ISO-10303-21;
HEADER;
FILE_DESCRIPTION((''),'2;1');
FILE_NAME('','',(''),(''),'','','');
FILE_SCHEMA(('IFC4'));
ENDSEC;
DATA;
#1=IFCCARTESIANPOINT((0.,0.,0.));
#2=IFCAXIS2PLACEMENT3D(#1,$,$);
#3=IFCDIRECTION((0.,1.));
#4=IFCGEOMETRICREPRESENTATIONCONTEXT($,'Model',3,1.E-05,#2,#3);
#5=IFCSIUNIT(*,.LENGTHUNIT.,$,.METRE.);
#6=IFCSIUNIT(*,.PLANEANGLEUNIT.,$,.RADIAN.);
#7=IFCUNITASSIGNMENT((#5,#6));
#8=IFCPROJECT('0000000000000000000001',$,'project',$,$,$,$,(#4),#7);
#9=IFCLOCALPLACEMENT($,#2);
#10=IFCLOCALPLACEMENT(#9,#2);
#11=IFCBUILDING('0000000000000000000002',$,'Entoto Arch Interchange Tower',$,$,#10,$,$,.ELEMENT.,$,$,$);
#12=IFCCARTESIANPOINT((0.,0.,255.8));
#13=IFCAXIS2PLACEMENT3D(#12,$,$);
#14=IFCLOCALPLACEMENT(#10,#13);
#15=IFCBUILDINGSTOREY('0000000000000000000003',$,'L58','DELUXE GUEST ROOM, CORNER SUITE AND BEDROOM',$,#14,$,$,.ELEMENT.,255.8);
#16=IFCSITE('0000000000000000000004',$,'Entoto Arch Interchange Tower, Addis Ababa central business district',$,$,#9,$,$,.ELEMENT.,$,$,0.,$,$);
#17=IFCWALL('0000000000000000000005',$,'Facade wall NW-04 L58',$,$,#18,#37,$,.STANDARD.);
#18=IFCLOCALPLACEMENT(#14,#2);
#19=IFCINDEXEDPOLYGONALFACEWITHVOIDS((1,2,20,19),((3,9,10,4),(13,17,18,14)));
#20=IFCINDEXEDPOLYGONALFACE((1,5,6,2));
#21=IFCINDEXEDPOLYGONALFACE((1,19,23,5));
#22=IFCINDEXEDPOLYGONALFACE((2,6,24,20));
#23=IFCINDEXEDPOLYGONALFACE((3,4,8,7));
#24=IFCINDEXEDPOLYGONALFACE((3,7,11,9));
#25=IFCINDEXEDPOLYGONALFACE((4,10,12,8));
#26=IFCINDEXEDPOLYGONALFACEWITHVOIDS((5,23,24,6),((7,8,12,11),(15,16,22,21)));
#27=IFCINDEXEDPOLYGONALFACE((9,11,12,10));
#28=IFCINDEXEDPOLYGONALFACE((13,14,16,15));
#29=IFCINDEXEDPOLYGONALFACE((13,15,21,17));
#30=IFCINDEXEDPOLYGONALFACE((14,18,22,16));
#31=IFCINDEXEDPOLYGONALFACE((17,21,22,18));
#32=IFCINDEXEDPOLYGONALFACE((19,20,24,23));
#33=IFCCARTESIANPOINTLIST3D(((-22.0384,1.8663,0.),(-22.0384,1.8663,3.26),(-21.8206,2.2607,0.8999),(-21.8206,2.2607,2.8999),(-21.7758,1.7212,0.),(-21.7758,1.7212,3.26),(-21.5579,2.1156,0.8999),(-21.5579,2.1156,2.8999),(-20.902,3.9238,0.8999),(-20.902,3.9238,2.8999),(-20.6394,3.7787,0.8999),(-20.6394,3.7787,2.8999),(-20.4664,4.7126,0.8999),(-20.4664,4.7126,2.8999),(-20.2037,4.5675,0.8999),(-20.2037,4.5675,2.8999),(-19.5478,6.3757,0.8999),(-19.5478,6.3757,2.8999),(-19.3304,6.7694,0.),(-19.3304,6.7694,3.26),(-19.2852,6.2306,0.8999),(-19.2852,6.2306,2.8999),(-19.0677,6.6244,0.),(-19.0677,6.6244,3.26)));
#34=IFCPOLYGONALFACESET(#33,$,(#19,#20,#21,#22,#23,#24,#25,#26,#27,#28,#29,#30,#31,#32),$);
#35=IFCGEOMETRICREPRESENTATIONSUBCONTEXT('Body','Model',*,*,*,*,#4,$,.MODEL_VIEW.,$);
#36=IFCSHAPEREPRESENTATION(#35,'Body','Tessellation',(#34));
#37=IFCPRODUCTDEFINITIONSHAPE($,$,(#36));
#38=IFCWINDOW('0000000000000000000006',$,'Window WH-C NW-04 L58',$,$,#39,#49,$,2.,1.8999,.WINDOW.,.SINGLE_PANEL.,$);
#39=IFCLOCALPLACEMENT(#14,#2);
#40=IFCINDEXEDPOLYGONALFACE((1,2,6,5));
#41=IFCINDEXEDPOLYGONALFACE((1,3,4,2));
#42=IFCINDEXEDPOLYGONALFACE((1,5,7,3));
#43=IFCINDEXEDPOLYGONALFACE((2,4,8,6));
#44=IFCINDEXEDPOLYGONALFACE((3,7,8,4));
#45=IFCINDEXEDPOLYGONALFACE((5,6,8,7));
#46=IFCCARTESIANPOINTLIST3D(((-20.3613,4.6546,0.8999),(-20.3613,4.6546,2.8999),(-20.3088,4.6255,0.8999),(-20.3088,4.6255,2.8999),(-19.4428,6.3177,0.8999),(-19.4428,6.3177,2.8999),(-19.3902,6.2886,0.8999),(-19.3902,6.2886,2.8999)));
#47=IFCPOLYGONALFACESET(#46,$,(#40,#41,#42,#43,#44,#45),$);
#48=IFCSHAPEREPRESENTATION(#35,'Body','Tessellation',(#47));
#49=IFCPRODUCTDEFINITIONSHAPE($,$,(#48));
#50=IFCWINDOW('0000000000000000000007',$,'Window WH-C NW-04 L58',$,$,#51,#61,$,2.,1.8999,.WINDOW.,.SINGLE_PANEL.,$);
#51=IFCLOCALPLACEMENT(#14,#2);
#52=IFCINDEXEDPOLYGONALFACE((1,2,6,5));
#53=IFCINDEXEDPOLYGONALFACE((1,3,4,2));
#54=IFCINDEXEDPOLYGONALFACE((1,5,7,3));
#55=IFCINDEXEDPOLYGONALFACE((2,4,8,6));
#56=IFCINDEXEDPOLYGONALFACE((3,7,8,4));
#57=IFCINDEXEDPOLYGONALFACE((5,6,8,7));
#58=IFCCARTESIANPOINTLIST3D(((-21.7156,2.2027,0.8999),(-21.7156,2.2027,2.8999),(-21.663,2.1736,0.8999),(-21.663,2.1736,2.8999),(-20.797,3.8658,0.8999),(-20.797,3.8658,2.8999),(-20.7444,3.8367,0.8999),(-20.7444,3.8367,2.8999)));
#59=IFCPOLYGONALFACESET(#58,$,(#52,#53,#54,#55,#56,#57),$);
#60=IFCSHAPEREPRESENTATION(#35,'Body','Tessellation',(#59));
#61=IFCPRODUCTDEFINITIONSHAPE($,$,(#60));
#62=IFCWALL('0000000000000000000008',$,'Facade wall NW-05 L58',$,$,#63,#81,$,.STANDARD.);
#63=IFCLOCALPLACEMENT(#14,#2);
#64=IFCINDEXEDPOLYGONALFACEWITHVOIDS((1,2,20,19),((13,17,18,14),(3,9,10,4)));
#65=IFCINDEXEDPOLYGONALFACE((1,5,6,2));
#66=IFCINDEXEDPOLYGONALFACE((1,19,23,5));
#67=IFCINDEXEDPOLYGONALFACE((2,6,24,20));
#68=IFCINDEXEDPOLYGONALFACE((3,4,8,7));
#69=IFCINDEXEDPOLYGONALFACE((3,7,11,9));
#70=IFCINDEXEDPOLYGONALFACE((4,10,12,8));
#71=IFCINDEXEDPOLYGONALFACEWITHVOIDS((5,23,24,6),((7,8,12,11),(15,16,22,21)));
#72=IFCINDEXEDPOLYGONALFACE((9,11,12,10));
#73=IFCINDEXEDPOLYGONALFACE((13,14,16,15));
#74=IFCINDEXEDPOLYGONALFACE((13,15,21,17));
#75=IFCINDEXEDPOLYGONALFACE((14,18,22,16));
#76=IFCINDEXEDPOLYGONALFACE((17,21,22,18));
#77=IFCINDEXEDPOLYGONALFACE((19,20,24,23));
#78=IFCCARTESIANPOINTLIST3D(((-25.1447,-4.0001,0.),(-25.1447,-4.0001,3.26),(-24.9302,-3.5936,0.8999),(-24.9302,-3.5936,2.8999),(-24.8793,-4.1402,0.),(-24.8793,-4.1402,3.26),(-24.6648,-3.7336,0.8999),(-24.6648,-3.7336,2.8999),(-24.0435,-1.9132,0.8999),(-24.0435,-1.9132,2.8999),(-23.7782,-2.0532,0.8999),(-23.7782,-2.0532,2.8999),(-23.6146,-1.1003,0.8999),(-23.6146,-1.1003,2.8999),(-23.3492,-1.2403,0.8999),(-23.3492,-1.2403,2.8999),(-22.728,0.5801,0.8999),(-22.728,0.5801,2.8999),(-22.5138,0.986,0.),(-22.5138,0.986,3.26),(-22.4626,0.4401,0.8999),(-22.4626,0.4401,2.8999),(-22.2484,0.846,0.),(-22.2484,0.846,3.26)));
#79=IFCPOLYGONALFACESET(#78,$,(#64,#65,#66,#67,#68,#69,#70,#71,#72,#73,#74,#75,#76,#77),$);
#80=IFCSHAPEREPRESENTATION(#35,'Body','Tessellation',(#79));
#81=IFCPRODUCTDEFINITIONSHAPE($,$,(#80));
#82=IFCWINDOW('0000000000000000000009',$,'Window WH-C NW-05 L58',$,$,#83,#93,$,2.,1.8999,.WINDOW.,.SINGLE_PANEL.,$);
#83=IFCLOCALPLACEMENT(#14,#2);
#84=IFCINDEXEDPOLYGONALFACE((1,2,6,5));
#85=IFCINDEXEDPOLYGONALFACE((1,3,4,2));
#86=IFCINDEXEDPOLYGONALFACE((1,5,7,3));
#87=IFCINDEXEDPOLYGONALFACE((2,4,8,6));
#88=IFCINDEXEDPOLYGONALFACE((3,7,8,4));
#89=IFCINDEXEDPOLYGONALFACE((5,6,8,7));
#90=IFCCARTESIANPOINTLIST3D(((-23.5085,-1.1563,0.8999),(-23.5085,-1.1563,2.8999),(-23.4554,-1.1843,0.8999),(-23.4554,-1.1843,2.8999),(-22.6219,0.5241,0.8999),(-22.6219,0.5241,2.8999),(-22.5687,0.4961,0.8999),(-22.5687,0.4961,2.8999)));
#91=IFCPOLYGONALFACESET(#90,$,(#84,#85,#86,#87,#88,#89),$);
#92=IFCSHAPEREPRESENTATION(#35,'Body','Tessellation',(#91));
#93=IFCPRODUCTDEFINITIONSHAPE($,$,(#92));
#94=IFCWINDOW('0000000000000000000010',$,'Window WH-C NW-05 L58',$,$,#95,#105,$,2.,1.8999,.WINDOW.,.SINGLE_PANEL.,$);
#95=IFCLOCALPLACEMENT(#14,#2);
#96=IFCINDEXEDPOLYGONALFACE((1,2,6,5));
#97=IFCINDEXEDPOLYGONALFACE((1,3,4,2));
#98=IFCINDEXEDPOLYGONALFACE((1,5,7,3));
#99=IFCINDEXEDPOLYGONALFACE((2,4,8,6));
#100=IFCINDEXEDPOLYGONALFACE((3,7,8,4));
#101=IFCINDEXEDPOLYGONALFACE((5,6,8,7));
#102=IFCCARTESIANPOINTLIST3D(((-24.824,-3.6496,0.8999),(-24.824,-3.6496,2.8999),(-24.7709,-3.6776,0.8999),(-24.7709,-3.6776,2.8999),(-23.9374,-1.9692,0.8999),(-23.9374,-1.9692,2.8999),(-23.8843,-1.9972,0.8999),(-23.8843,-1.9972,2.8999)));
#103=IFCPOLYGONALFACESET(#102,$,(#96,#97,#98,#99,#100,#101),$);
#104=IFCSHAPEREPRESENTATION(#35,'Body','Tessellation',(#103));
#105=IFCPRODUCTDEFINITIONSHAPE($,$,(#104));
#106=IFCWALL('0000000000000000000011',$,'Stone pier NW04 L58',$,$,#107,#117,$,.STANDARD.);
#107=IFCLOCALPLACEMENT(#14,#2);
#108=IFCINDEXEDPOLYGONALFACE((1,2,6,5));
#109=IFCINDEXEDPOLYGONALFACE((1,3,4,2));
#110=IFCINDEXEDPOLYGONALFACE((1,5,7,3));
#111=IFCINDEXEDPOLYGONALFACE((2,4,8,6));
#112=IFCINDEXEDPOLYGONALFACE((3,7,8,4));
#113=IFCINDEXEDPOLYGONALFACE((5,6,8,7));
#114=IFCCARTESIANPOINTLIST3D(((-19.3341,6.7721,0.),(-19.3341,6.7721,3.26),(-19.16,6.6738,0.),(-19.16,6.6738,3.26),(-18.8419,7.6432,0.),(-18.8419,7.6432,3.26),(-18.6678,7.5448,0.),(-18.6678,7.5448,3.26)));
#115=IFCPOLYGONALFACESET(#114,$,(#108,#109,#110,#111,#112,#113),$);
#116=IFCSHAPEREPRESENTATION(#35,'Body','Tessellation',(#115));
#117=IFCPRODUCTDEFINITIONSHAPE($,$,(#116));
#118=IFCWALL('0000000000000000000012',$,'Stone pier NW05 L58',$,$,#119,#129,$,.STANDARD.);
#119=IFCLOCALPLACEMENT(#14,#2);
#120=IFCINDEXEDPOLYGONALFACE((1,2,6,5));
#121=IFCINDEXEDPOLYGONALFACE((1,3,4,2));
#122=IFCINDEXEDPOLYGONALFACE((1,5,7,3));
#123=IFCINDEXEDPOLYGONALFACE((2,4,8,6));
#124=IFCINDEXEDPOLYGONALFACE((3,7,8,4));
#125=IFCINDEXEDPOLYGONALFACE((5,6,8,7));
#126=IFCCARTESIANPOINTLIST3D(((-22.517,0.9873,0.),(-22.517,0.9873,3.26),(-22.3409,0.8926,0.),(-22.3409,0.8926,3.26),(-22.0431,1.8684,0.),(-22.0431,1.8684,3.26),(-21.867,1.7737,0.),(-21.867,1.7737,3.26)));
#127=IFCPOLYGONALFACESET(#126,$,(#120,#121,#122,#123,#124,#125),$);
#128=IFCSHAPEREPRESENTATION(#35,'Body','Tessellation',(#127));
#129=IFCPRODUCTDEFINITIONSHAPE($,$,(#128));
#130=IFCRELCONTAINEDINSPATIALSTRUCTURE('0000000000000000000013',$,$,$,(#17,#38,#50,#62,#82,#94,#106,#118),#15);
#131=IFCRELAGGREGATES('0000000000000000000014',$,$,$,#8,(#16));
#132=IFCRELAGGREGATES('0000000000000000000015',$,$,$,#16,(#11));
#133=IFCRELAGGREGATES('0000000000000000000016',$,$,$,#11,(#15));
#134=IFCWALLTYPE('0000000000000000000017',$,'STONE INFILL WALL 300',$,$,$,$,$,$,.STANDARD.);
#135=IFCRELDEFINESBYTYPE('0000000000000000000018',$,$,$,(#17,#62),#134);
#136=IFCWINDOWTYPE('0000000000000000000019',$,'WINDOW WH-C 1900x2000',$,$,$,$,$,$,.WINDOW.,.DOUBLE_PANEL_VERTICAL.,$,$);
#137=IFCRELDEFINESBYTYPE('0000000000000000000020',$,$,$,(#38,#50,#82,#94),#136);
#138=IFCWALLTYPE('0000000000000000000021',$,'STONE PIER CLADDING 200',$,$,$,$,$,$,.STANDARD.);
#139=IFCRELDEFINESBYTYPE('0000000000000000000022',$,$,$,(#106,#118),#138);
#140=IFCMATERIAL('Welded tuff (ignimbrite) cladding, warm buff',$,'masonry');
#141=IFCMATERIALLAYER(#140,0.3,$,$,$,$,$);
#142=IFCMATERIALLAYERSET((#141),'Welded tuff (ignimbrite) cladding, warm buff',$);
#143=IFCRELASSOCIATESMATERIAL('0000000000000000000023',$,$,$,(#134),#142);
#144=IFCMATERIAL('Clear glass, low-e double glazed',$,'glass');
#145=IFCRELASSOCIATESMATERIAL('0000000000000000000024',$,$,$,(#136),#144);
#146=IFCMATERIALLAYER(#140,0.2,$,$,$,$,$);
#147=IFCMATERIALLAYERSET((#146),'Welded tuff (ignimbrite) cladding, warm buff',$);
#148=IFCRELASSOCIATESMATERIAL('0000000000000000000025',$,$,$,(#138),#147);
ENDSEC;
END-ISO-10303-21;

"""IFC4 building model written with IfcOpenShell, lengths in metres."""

from ifc_helpers import new_model, si_unit, direction, frame, frame_2d, origin, place, context, subcontext, project, spatial, rectangle, extrude, material, layer, layer_set, type_object, element, fill, save


model = new_model("IFC4")

# Units and contexts
model_context = context("Model", 3, precision=1e-05, world=origin(), true_north=direction((0.0, 1.0)))
body_context = subcontext(model_context, "Body", "Model", "MODEL_VIEW")
ifc_project = project(units=[si_unit("LENGTHUNIT", "METRE"), si_unit("PLANEANGLEUNIT", "RADIAN")], contexts=[model_context])

# Site, building, storey
site_placement = place(None, origin())
site = spatial("IfcSite", under=ifc_project, at=site_placement, Name="Entoto Arch Interchange Tower, Addis Ababa central business district", CompositionType="ELEMENT", RefElevation=0.0)
building_placement = place(site_placement, origin())
building = spatial("IfcBuilding", under=site, at=building_placement, Name="Entoto Arch Interchange Tower", CompositionType="ELEMENT")
storey_placement = place(building_placement, frame((0.0, 0.0, 255.8)))
storey = spatial("IfcBuildingStorey", under=building, at=storey_placement, Name="L58", Description="DELUXE GUEST ROOM, CORNER SUITE AND BEDROOM", CompositionType="ELEMENT", Elevation=255.8)

# Walls, openings, windows
ifc_material_1 = material(Name="Welded tuff (ignimbrite) cladding, warm buff", Category="masonry")
ifc_layer_1 = layer(ifc_material_1, 0.3)
ifc_layer_set_1 = layer_set([ifc_layer_1], Name="Welded tuff (ignimbrite) cladding, warm buff")
wall_type_1 = type_object("IfcWallType", Name="STONE INFILL WALL 300", PredefinedType="STANDARD", material=ifc_layer_set_1)
wall_1_placement = place(storey_placement, frame((-19.199, 6.697, 0.0), z_axis=(0.0, 0.0, 1.0), x_axis=(-0.483469, -0.875361, 0.0)))
wall_1 = element("IfcWall", 1, at=wall_1_placement, inside=storey, type_object=wall_type_1, Name="Facade wall NW-04 L58", PredefinedType="STANDARD", context=body_context, shape_type="SweptSolid", body=[
    extrude(rectangle(XDim=5.6013, YDim=0.3, at=frame_2d((2.8008, 0.0))), origin(), (0.0, 0.0, 1.0), 3.26),
])
opening_1_placement = place(wall_1_placement, frame((0.45, 0.0, 0.8999)))
opening_1 = element("IfcOpeningElement", 2, at=opening_1_placement, cuts=wall_1, PredefinedType="OPENING", context=body_context, shape_type="SweptSolid", body=[
    extrude(rectangle(XDim=1.8999, YDim=2.0, at=frame_2d((0.95, 1.0))), frame((0.0, 0.1602, 0.0), z_axis=(0.0, -1.0, 0.0), x_axis=(1.0, 0.0, 0.0)), (0.0, 0.0, 1.0), 0.3201),
])
opening_2_placement = place(wall_1_placement, frame((3.251, 0.0, 0.8999)))
opening_2 = element("IfcOpeningElement", 3, at=opening_2_placement, cuts=wall_1, PredefinedType="OPENING", context=body_context, shape_type="SweptSolid", body=[
    extrude(rectangle(XDim=1.8999, YDim=2.0, at=frame_2d((0.95, 1.0))), frame((0.0, 0.1602, 0.0), z_axis=(0.0, -1.0, 0.0), x_axis=(1.0, 0.0, 0.0)), (0.0, 0.0, 1.0), 0.3201),
])
ifc_material_2 = material(Name="Clear glass, low-e double glazed", Category="glass")
window_type = type_object("IfcWindowType", Name="WINDOW WH-C 1900x2000", PartitioningType="DOUBLE_PANEL_VERTICAL", PredefinedType="WINDOW", material=ifc_material_2)
window_1_placement = place(opening_1_placement, origin())
window_1 = element("IfcWindow", 4, at=window_1_placement, inside=storey, type_object=window_type, Name="Window WH-C NW-04 L58", OverallHeight=2.0, OverallWidth=1.8999, PartitioningType="SINGLE_PANEL", PredefinedType="WINDOW", context=body_context, shape_type="SweptSolid", body=[
    extrude(rectangle(XDim=1.8999, YDim=2.0, at=frame_2d((0.95, 1.0))), frame((0.0, 0.03, 0.0), z_axis=(0.0, -1.0, 0.0), x_axis=(1.0, 0.0, 0.0)), (0.0, 0.0, 1.0), 0.0601),
])
fill(opening_1, window_1)
window_2_placement = place(opening_2_placement, origin())
window_2 = element("IfcWindow", 5, at=window_2_placement, inside=storey, type_object=window_type, Name="Window WH-C NW-04 L58", OverallHeight=2.0, OverallWidth=1.8999, PartitioningType="SINGLE_PANEL", PredefinedType="WINDOW", context=body_context, shape_type="SweptSolid", body=[
    extrude(rectangle(XDim=1.8999, YDim=2.0, at=frame_2d((0.95, 1.0))), frame((0.0, 0.03, 0.0), z_axis=(0.0, -1.0, 0.0), x_axis=(1.0, 0.0, 0.0)), (0.0, 0.0, 1.0), 0.0601),
])
fill(opening_2, window_2)
wall_2_placement = place(storey_placement, frame((-22.3811, 0.916, 0.0), z_axis=(0.0, 0.0, 1.0), x_axis=(-0.466664, -0.884435, 0.0)))
wall_2 = element("IfcWall", 6, at=wall_2_placement, inside=storey, type_object=wall_type_1, Name="Facade wall NW-05 L58", PredefinedType="STANDARD", context=body_context, shape_type="SweptSolid", body=[
    extrude(rectangle(XDim=5.6377, YDim=0.3, at=frame_2d((2.8188, 0.0))), origin(), (0.0, 0.0, 1.0), 3.26),
])
opening_3_placement = place(wall_2_placement, frame((0.459, 0.0, 0.8999)))
opening_3 = element("IfcOpeningElement", 7, at=opening_3_placement, cuts=wall_2, PredefinedType="OPENING", context=body_context, shape_type="SweptSolid", body=[
    extrude(rectangle(XDim=1.8999, YDim=2.0, at=frame_2d((0.95, 1.0))), frame((0.0, 0.1602, 0.0), z_axis=(0.0, -1.0, 0.0), x_axis=(1.0, 0.0, 0.0)), (0.0, 0.0, 1.0), 0.3201),
])
opening_4_placement = place(wall_2_placement, frame((3.2781, 0.0, 0.8999)))
opening_4 = element("IfcOpeningElement", 8, at=opening_4_placement, cuts=wall_2, PredefinedType="OPENING", context=body_context, shape_type="SweptSolid", body=[
    extrude(rectangle(XDim=1.8999, YDim=2.0, at=frame_2d((0.95, 1.0))), frame((0.0, 0.1602, 0.0), z_axis=(0.0, -1.0, 0.0), x_axis=(1.0, 0.0, 0.0)), (0.0, 0.0, 1.0), 0.3201),
])
window_3_placement = place(opening_3_placement, origin())
window_3 = element("IfcWindow", 9, at=window_3_placement, inside=storey, type_object=window_type, Name="Window WH-C NW-05 L58", OverallHeight=2.0, OverallWidth=1.8999, PartitioningType="SINGLE_PANEL", PredefinedType="WINDOW", context=body_context, shape_type="SweptSolid", body=[
    extrude(rectangle(XDim=1.8999, YDim=2.0, at=frame_2d((0.95, 1.0))), frame((0.0, 0.03, 0.0), z_axis=(0.0, -1.0, 0.0), x_axis=(1.0, 0.0, 0.0)), (0.0, 0.0, 1.0), 0.0601),
])
fill(opening_3, window_3)
window_4_placement = place(opening_4_placement, origin())
window_4 = element("IfcWindow", 10, at=window_4_placement, inside=storey, type_object=window_type, Name="Window WH-C NW-05 L58", OverallHeight=2.0, OverallWidth=1.8999, PartitioningType="SINGLE_PANEL", PredefinedType="WINDOW", context=body_context, shape_type="SweptSolid", body=[
    extrude(rectangle(XDim=1.8999, YDim=2.0, at=frame_2d((0.95, 1.0))), frame((0.0, 0.03, 0.0), z_axis=(0.0, -1.0, 0.0), x_axis=(1.0, 0.0, 0.0)), (0.0, 0.0, 1.0), 0.0601),
])
fill(opening_4, window_4)

# Walls
ifc_layer_2 = layer(ifc_material_1, 0.2)
ifc_layer_set_2 = layer_set([ifc_layer_2], Name="Welded tuff (ignimbrite) cladding, warm buff")
wall_type_2 = type_object("IfcWallType", Name="STONE PIER CLADDING 200", PredefinedType="STANDARD", material=ifc_layer_set_2)
for number, where, z_axis, x_axis, name in (
    (11, (-18.7549, 7.594, 0.0), (0.0, 0.0, 1.0), (-0.491929, -0.870636, 0.0), "Stone pier NW04 L58"),
    (12, (-21.9551, 1.821, 0.0), (0.0, 0.0, 1.0), (-0.473663, -0.880706, 0.0), "Stone pier NW05 L58"),
):
    element("IfcWall", number, at=place(storey_placement, frame(where, z_axis=z_axis, x_axis=x_axis)), inside=storey, type_object=wall_type_2, Name=name, PredefinedType="STANDARD", context=body_context, shape_type="SweptSolid", body=[
        extrude(rectangle(XDim=1.0005, YDim=0.2, at=frame_2d((0.5002, 0.0))), origin(), (0.0, 0.0, 1.0), 3.26),
    ])

save(model, "model.ifc")
